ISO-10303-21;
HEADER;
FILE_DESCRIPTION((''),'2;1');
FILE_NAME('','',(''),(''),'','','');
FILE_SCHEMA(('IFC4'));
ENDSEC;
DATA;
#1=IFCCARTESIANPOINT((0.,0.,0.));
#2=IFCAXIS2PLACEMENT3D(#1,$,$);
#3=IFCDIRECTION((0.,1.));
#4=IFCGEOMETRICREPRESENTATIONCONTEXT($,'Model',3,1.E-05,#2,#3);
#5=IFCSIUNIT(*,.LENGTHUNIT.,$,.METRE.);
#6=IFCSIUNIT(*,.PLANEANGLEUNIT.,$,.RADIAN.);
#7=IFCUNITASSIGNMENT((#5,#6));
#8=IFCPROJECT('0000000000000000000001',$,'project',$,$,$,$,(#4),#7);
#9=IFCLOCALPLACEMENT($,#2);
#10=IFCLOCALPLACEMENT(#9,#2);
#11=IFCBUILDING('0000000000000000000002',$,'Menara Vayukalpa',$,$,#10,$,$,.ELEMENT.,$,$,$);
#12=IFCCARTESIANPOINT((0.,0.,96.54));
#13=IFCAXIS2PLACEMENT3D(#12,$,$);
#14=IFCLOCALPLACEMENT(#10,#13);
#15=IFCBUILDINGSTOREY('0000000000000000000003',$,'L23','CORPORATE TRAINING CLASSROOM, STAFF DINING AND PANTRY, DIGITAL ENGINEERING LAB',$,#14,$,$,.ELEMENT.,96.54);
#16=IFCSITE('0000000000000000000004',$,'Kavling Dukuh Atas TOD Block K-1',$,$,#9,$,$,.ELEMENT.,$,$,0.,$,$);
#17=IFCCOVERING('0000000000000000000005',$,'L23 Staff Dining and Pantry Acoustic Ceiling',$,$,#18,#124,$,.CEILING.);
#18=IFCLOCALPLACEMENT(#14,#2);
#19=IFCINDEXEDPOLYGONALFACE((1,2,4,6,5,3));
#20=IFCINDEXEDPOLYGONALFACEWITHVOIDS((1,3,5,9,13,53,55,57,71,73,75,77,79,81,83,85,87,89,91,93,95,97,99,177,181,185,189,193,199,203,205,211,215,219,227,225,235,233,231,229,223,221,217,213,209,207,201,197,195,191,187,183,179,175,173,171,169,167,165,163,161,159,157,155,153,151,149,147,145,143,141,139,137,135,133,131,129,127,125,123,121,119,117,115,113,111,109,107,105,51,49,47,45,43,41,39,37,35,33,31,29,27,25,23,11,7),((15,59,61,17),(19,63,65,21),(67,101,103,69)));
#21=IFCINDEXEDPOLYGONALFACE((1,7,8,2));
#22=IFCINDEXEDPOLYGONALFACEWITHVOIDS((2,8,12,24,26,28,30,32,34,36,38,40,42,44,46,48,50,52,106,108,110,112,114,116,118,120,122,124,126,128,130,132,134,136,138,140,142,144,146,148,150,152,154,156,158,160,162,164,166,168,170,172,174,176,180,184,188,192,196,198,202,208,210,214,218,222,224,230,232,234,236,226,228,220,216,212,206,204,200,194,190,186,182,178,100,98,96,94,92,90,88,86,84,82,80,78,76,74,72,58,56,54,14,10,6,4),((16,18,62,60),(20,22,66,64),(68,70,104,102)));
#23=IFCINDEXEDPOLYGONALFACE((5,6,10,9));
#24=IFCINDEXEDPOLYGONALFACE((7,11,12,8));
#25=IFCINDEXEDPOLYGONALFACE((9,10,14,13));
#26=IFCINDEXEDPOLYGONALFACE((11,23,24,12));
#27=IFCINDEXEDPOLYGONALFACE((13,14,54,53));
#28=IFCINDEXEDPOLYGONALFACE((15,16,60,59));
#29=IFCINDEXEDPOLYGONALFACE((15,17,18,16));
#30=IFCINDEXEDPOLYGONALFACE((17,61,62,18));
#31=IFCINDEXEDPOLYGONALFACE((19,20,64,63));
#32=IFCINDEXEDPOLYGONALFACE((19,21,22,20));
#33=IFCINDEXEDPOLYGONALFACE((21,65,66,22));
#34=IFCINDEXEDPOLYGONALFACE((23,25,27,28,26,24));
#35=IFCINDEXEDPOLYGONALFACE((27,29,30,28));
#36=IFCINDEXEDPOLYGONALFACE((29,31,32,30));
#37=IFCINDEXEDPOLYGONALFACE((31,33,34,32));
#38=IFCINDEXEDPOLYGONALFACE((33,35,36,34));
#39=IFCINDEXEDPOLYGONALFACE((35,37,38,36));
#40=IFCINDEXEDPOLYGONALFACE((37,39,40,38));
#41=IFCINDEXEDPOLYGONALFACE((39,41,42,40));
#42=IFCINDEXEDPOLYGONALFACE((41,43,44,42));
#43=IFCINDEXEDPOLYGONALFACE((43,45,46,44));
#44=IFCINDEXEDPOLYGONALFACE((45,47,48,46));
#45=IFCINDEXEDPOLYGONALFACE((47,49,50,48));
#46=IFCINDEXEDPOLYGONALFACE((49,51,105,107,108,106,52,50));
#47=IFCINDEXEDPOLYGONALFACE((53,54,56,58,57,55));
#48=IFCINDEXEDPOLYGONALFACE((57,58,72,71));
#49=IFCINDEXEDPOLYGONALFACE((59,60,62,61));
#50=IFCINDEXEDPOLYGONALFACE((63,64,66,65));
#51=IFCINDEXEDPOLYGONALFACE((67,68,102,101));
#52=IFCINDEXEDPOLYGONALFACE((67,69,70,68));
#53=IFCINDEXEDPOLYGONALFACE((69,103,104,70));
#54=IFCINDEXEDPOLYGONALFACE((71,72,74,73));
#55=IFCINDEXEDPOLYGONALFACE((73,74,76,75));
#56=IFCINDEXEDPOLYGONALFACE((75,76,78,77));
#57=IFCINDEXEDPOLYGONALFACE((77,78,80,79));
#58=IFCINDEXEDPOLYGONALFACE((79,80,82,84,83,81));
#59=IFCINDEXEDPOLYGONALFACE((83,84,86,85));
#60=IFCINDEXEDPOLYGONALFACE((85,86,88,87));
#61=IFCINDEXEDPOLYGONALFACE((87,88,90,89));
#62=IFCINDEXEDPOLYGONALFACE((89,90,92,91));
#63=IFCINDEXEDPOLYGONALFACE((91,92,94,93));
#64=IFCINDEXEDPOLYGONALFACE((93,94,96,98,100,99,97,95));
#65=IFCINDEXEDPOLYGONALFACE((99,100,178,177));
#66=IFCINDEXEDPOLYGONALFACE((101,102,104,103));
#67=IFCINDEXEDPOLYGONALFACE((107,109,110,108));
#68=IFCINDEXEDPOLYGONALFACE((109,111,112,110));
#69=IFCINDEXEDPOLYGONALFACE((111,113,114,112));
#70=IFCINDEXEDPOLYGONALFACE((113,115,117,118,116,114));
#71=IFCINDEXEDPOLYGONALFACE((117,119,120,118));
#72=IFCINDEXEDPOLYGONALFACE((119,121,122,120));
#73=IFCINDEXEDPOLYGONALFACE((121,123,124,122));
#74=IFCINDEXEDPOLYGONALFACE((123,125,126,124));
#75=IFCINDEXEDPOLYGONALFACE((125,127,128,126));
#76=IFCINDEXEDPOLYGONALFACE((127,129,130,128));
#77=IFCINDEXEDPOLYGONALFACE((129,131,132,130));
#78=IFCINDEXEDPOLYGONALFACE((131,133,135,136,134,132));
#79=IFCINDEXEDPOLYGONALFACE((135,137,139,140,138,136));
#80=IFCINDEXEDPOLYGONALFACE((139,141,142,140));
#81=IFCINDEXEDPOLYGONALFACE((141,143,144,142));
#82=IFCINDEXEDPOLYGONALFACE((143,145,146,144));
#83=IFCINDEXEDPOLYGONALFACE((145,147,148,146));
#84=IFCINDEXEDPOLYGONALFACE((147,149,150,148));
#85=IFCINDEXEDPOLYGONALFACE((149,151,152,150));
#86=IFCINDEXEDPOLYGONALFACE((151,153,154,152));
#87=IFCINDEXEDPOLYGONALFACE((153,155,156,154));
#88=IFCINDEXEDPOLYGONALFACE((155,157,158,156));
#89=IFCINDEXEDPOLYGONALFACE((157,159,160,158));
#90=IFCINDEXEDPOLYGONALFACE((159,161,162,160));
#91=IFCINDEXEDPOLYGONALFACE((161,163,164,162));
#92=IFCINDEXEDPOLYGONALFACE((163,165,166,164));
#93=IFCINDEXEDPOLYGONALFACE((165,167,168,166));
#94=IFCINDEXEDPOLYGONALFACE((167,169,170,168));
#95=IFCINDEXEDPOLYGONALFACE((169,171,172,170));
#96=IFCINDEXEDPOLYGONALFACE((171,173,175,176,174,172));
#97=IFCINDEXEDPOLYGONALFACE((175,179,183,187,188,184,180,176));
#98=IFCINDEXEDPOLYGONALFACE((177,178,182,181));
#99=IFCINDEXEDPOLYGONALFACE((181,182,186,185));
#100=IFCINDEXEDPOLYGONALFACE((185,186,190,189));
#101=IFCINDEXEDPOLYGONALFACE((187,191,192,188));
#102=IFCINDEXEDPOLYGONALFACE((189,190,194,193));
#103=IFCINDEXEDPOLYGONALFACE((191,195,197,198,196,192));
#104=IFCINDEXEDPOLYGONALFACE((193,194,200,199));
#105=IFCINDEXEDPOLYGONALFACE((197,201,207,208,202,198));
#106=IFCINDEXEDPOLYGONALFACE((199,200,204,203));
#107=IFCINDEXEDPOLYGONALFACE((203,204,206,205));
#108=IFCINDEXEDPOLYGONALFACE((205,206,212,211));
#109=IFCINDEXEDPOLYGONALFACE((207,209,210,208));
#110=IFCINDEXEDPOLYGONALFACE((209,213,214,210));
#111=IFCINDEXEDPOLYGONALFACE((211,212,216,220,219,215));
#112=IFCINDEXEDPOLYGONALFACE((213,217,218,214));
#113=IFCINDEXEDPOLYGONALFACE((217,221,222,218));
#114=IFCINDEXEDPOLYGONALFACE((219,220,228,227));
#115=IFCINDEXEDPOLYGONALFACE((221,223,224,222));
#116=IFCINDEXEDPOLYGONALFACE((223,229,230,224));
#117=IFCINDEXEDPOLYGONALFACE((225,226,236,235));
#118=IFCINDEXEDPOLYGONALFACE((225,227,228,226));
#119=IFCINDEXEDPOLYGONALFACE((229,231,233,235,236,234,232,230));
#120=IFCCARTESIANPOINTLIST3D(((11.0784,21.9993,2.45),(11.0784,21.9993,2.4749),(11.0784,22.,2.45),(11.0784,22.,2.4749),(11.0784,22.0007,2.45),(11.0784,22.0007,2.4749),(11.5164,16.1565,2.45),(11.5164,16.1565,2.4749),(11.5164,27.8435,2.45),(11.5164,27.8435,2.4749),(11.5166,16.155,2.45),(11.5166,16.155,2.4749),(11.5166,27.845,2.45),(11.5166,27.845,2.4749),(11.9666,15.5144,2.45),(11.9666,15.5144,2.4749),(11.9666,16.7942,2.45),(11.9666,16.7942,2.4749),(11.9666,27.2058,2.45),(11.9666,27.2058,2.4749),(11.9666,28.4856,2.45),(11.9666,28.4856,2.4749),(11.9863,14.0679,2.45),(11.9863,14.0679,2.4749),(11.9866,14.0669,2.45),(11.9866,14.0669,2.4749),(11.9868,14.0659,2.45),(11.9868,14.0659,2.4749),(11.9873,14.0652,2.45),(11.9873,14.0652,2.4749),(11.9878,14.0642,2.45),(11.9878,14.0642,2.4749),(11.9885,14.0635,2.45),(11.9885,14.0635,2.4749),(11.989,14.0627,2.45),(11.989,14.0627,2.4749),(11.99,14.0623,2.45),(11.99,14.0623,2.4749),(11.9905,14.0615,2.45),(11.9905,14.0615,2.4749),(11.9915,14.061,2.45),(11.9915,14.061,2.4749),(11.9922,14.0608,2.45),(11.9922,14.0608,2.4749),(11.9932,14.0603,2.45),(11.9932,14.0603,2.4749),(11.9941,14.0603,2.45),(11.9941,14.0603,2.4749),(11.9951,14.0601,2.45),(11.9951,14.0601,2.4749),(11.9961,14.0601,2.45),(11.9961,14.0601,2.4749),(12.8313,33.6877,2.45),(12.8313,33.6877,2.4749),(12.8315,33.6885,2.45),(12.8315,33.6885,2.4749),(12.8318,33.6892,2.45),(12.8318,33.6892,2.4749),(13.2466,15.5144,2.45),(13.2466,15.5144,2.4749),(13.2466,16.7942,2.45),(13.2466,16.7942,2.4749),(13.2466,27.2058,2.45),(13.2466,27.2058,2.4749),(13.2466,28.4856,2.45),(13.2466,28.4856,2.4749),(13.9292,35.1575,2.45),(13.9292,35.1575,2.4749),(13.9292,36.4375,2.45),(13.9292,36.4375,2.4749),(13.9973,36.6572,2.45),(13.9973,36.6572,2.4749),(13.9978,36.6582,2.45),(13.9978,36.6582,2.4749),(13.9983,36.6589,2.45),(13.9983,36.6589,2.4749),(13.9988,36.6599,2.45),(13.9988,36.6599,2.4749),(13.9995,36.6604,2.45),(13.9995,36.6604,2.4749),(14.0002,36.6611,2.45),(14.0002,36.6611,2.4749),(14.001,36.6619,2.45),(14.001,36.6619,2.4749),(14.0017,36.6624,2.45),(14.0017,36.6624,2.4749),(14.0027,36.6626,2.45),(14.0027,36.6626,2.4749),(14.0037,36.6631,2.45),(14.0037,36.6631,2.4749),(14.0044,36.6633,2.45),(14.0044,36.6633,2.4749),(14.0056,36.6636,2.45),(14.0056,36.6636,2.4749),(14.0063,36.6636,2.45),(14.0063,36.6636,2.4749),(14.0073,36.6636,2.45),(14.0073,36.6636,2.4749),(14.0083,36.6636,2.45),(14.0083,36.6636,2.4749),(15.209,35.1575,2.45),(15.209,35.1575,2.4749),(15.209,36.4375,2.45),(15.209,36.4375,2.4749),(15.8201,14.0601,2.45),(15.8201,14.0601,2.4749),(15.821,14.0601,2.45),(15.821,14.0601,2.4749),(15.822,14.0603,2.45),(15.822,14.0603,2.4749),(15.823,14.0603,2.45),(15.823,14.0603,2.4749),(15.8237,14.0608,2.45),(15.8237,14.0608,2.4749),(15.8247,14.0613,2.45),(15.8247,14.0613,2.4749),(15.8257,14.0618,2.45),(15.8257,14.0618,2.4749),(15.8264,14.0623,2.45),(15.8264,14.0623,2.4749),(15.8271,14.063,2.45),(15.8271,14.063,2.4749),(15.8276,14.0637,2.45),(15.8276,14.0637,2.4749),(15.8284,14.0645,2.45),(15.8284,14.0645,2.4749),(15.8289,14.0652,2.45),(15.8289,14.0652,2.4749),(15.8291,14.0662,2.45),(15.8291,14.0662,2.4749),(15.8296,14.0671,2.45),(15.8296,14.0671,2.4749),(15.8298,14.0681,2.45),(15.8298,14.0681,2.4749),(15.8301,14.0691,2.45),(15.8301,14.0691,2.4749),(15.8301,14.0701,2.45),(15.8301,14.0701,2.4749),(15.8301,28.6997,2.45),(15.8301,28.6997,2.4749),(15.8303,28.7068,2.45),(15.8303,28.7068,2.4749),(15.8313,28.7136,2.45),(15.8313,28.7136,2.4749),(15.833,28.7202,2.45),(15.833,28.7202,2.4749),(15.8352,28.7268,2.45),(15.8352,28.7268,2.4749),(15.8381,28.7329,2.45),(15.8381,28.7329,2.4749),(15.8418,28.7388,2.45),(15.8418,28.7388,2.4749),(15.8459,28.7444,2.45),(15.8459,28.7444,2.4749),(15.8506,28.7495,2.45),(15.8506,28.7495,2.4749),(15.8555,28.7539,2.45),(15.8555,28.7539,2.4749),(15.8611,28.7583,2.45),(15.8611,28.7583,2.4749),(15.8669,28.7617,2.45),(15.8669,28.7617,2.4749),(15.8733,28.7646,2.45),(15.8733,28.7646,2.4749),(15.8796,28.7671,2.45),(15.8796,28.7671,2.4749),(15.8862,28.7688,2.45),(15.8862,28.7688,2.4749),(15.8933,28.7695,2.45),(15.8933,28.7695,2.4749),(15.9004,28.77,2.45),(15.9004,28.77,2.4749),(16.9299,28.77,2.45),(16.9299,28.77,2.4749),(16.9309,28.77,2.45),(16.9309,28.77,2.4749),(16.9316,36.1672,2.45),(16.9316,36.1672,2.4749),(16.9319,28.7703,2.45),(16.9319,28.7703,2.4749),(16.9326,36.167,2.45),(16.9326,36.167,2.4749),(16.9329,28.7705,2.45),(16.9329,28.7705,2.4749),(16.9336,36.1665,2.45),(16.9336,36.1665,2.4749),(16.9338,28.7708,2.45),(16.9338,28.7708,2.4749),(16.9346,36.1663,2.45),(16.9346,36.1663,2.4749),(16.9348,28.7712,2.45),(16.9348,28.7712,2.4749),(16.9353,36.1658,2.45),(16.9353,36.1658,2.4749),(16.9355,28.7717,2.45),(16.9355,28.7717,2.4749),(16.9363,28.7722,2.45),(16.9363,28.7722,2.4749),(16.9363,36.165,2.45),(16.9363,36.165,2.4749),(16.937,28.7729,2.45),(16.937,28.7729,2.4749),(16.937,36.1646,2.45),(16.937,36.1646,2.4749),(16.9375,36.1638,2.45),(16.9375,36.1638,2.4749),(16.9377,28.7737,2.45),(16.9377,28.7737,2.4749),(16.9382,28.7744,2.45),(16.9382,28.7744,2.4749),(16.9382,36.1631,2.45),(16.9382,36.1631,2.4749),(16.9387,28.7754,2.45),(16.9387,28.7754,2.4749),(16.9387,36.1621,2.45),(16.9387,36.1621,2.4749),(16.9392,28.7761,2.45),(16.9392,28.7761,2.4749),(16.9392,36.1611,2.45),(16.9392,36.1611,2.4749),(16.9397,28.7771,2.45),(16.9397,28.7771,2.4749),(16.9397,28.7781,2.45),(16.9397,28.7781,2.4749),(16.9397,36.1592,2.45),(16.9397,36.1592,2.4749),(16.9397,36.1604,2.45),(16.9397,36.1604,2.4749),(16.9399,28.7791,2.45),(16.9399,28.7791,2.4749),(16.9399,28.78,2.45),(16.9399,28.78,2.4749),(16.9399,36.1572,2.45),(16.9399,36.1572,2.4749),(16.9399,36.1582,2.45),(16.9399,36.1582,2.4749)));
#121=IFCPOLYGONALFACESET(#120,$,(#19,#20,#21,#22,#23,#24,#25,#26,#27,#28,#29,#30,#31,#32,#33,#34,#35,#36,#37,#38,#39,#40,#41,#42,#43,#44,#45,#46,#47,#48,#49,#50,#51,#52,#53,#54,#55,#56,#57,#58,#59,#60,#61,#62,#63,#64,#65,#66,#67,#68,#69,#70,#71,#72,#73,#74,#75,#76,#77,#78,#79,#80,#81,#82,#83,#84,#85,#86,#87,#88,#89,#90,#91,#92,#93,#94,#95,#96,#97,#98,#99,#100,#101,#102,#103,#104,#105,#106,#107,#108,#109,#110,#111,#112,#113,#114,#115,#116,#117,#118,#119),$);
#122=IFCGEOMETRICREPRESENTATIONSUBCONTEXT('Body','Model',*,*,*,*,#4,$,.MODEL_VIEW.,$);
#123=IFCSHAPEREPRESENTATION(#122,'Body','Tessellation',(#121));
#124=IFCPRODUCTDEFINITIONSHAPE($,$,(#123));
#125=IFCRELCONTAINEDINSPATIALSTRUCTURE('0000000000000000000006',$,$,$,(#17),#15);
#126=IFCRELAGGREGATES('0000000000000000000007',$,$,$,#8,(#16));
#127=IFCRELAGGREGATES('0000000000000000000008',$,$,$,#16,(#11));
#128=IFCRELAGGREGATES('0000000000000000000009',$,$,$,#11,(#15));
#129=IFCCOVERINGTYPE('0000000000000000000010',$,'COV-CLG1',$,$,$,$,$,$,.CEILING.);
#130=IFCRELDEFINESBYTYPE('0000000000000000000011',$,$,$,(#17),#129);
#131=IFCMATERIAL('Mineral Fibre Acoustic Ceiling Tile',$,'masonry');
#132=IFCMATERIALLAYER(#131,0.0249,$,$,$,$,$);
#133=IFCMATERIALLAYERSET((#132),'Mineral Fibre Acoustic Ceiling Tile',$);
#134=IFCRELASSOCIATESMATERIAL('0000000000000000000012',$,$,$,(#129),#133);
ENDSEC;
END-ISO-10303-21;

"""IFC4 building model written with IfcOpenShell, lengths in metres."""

from ifc_helpers import new_model, si_unit, direction, frame, origin, place, context, subcontext, project, spatial, polyline, outline, extrude, material, layer, layer_set, type_object, element, save


model = new_model("IFC4")

# Units and contexts
model_context = context("Model", 3, precision=1e-05, world=origin(), true_north=direction((0.0, 1.0)))
body_context = subcontext(model_context, "Body", "Model", "MODEL_VIEW")
ifc_project = project(units=[si_unit("LENGTHUNIT", "METRE"), si_unit("PLANEANGLEUNIT", "RADIAN")], contexts=[model_context])

# Site, building, storey
site_placement = place(None, origin())
site = spatial("IfcSite", under=ifc_project, at=site_placement, Name="Kavling Dukuh Atas TOD Block K-1", CompositionType="ELEMENT", RefElevation=0.0)
building_placement = place(site_placement, origin())
building = spatial("IfcBuilding", under=site, at=building_placement, Name="Menara Vayukalpa", CompositionType="ELEMENT")
storey_placement = place(building_placement, frame((0.0, 0.0, 96.54)))
storey = spatial("IfcBuildingStorey", under=building, at=storey_placement, Name="L23", Description="CORPORATE TRAINING CLASSROOM, STAFF DINING AND PANTRY, DIGITAL ENGINEERING LAB", CompositionType="ELEMENT", Elevation=96.54)

# Covering
ifc_material_1 = material(Name="Mineral Fibre Acoustic Ceiling Tile", Category="masonry")
ifc_layer_1 = layer(ifc_material_1, 0.0249)
ifc_layer_set_1 = layer_set([ifc_layer_1], Name="Mineral Fibre Acoustic Ceiling Tile")
covering_type_1 = type_object("IfcCoveringType", Name="COV-CLG1", PredefinedType="CEILING", material=ifc_layer_set_1)
covering_1_placement = place(storey_placement, frame((0.0, 0.0, 2.45)))
element("IfcCovering", 1, at=covering_1_placement, inside=storey, type_object=covering_type_1, Name="L23 Staff Dining and Pantry Acoustic Ceiling", PredefinedType="CEILING", context=body_context, shape_type="SweptSolid", body=[
    extrude(outline(polyline([(11.0784, 22.0), (11.0784, 22.0007), (11.5164, 27.8435), (11.5166, 27.845), (12.8313, 33.6877), (12.8315, 33.6885), (12.8318, 33.6892), (13.9973, 36.6572), (13.9978, 36.6582), (13.9983, 36.6589), (13.9988, 36.6599), (13.9995, 36.6604), (14.0002, 36.6611), (14.001, 36.6619), (14.0017, 36.6624), (14.0027, 36.6626), (14.0037, 36.6631), (14.0044, 36.6633), (14.0056, 36.6636), (14.0063, 36.6636), (14.0073, 36.6636), (14.0083, 36.6636), (16.9316, 36.1672), (16.9326, 36.167), (16.9336, 36.1665), (16.9346, 36.1663), (16.9353, 36.1658), (16.9363, 36.165), (16.937, 36.1646), (16.9375, 36.1638), (16.9382, 36.1631), (16.9387, 36.1621), (16.9392, 36.1611), (16.9397, 36.1604), (16.9397, 36.1592), (16.9399, 36.1582), (16.9399, 36.1572), (16.9399, 28.78), (16.9399, 28.7791), (16.9397, 28.7781), (16.9397, 28.7771), (16.9392, 28.7761), (16.9387, 28.7754), (16.9382, 28.7744), (16.9377, 28.7737), (16.937, 28.7729), (16.9363, 28.7722), (16.9355, 28.7717), (16.9348, 28.7712), (16.9338, 28.7708), (16.9329, 28.7705), (16.9319, 28.7703), (16.9309, 28.77), (16.9299, 28.77), (15.9004, 28.77), (15.8933, 28.7695), (15.8862, 28.7688), (15.8796, 28.7671), (15.8733, 28.7646), (15.8669, 28.7617), (15.8611, 28.7583), (15.8555, 28.7539), (15.8506, 28.7495), (15.8459, 28.7444), (15.8418, 28.7388), (15.8381, 28.7329), (15.8352, 28.7268), (15.833, 28.7202), (15.8313, 28.7136), (15.8303, 28.7068), (15.8301, 28.6997), (15.8301, 14.0701), (15.8301, 14.0691), (15.8298, 14.0681), (15.8296, 14.0671), (15.8291, 14.0662), (15.8289, 14.0652), (15.8284, 14.0645), (15.8276, 14.0637), (15.8271, 14.063), (15.8264, 14.0623), (15.8257, 14.0618), (15.8247, 14.0613), (15.8237, 14.0608), (15.823, 14.0603), (15.822, 14.0603), (15.821, 14.0601), (15.8201, 14.0601), (11.9961, 14.0601), (11.9951, 14.0601), (11.9941, 14.0603), (11.9932, 14.0603), (11.9922, 14.0608), (11.9915, 14.061), (11.9905, 14.0615), (11.99, 14.0623), (11.989, 14.0627), (11.9885, 14.0635), (11.9878, 14.0642), (11.9873, 14.0652), (11.9868, 14.0659), (11.9866, 14.0669), (11.9863, 14.0679), (11.5166, 16.155), (11.5164, 16.1565), (11.0784, 21.9993), (11.0784, 22.0)]), holes=[polyline([(13.2466, 16.7942), (11.9666, 16.7942), (11.9666, 15.5144), (13.2466, 15.5144), (13.2466, 16.7942)]), polyline([(13.2466, 28.4856), (11.9666, 28.4856), (11.9666, 27.2058), (13.2466, 27.2058), (13.2466, 28.4856)]), polyline([(15.209, 36.4375), (13.9292, 36.4375), (13.9292, 35.1575), (15.209, 35.1575), (15.209, 36.4375)])]), origin(), (0.0, 0.0, 1.0), 0.0249),
])

save(model, "model.ifc")
